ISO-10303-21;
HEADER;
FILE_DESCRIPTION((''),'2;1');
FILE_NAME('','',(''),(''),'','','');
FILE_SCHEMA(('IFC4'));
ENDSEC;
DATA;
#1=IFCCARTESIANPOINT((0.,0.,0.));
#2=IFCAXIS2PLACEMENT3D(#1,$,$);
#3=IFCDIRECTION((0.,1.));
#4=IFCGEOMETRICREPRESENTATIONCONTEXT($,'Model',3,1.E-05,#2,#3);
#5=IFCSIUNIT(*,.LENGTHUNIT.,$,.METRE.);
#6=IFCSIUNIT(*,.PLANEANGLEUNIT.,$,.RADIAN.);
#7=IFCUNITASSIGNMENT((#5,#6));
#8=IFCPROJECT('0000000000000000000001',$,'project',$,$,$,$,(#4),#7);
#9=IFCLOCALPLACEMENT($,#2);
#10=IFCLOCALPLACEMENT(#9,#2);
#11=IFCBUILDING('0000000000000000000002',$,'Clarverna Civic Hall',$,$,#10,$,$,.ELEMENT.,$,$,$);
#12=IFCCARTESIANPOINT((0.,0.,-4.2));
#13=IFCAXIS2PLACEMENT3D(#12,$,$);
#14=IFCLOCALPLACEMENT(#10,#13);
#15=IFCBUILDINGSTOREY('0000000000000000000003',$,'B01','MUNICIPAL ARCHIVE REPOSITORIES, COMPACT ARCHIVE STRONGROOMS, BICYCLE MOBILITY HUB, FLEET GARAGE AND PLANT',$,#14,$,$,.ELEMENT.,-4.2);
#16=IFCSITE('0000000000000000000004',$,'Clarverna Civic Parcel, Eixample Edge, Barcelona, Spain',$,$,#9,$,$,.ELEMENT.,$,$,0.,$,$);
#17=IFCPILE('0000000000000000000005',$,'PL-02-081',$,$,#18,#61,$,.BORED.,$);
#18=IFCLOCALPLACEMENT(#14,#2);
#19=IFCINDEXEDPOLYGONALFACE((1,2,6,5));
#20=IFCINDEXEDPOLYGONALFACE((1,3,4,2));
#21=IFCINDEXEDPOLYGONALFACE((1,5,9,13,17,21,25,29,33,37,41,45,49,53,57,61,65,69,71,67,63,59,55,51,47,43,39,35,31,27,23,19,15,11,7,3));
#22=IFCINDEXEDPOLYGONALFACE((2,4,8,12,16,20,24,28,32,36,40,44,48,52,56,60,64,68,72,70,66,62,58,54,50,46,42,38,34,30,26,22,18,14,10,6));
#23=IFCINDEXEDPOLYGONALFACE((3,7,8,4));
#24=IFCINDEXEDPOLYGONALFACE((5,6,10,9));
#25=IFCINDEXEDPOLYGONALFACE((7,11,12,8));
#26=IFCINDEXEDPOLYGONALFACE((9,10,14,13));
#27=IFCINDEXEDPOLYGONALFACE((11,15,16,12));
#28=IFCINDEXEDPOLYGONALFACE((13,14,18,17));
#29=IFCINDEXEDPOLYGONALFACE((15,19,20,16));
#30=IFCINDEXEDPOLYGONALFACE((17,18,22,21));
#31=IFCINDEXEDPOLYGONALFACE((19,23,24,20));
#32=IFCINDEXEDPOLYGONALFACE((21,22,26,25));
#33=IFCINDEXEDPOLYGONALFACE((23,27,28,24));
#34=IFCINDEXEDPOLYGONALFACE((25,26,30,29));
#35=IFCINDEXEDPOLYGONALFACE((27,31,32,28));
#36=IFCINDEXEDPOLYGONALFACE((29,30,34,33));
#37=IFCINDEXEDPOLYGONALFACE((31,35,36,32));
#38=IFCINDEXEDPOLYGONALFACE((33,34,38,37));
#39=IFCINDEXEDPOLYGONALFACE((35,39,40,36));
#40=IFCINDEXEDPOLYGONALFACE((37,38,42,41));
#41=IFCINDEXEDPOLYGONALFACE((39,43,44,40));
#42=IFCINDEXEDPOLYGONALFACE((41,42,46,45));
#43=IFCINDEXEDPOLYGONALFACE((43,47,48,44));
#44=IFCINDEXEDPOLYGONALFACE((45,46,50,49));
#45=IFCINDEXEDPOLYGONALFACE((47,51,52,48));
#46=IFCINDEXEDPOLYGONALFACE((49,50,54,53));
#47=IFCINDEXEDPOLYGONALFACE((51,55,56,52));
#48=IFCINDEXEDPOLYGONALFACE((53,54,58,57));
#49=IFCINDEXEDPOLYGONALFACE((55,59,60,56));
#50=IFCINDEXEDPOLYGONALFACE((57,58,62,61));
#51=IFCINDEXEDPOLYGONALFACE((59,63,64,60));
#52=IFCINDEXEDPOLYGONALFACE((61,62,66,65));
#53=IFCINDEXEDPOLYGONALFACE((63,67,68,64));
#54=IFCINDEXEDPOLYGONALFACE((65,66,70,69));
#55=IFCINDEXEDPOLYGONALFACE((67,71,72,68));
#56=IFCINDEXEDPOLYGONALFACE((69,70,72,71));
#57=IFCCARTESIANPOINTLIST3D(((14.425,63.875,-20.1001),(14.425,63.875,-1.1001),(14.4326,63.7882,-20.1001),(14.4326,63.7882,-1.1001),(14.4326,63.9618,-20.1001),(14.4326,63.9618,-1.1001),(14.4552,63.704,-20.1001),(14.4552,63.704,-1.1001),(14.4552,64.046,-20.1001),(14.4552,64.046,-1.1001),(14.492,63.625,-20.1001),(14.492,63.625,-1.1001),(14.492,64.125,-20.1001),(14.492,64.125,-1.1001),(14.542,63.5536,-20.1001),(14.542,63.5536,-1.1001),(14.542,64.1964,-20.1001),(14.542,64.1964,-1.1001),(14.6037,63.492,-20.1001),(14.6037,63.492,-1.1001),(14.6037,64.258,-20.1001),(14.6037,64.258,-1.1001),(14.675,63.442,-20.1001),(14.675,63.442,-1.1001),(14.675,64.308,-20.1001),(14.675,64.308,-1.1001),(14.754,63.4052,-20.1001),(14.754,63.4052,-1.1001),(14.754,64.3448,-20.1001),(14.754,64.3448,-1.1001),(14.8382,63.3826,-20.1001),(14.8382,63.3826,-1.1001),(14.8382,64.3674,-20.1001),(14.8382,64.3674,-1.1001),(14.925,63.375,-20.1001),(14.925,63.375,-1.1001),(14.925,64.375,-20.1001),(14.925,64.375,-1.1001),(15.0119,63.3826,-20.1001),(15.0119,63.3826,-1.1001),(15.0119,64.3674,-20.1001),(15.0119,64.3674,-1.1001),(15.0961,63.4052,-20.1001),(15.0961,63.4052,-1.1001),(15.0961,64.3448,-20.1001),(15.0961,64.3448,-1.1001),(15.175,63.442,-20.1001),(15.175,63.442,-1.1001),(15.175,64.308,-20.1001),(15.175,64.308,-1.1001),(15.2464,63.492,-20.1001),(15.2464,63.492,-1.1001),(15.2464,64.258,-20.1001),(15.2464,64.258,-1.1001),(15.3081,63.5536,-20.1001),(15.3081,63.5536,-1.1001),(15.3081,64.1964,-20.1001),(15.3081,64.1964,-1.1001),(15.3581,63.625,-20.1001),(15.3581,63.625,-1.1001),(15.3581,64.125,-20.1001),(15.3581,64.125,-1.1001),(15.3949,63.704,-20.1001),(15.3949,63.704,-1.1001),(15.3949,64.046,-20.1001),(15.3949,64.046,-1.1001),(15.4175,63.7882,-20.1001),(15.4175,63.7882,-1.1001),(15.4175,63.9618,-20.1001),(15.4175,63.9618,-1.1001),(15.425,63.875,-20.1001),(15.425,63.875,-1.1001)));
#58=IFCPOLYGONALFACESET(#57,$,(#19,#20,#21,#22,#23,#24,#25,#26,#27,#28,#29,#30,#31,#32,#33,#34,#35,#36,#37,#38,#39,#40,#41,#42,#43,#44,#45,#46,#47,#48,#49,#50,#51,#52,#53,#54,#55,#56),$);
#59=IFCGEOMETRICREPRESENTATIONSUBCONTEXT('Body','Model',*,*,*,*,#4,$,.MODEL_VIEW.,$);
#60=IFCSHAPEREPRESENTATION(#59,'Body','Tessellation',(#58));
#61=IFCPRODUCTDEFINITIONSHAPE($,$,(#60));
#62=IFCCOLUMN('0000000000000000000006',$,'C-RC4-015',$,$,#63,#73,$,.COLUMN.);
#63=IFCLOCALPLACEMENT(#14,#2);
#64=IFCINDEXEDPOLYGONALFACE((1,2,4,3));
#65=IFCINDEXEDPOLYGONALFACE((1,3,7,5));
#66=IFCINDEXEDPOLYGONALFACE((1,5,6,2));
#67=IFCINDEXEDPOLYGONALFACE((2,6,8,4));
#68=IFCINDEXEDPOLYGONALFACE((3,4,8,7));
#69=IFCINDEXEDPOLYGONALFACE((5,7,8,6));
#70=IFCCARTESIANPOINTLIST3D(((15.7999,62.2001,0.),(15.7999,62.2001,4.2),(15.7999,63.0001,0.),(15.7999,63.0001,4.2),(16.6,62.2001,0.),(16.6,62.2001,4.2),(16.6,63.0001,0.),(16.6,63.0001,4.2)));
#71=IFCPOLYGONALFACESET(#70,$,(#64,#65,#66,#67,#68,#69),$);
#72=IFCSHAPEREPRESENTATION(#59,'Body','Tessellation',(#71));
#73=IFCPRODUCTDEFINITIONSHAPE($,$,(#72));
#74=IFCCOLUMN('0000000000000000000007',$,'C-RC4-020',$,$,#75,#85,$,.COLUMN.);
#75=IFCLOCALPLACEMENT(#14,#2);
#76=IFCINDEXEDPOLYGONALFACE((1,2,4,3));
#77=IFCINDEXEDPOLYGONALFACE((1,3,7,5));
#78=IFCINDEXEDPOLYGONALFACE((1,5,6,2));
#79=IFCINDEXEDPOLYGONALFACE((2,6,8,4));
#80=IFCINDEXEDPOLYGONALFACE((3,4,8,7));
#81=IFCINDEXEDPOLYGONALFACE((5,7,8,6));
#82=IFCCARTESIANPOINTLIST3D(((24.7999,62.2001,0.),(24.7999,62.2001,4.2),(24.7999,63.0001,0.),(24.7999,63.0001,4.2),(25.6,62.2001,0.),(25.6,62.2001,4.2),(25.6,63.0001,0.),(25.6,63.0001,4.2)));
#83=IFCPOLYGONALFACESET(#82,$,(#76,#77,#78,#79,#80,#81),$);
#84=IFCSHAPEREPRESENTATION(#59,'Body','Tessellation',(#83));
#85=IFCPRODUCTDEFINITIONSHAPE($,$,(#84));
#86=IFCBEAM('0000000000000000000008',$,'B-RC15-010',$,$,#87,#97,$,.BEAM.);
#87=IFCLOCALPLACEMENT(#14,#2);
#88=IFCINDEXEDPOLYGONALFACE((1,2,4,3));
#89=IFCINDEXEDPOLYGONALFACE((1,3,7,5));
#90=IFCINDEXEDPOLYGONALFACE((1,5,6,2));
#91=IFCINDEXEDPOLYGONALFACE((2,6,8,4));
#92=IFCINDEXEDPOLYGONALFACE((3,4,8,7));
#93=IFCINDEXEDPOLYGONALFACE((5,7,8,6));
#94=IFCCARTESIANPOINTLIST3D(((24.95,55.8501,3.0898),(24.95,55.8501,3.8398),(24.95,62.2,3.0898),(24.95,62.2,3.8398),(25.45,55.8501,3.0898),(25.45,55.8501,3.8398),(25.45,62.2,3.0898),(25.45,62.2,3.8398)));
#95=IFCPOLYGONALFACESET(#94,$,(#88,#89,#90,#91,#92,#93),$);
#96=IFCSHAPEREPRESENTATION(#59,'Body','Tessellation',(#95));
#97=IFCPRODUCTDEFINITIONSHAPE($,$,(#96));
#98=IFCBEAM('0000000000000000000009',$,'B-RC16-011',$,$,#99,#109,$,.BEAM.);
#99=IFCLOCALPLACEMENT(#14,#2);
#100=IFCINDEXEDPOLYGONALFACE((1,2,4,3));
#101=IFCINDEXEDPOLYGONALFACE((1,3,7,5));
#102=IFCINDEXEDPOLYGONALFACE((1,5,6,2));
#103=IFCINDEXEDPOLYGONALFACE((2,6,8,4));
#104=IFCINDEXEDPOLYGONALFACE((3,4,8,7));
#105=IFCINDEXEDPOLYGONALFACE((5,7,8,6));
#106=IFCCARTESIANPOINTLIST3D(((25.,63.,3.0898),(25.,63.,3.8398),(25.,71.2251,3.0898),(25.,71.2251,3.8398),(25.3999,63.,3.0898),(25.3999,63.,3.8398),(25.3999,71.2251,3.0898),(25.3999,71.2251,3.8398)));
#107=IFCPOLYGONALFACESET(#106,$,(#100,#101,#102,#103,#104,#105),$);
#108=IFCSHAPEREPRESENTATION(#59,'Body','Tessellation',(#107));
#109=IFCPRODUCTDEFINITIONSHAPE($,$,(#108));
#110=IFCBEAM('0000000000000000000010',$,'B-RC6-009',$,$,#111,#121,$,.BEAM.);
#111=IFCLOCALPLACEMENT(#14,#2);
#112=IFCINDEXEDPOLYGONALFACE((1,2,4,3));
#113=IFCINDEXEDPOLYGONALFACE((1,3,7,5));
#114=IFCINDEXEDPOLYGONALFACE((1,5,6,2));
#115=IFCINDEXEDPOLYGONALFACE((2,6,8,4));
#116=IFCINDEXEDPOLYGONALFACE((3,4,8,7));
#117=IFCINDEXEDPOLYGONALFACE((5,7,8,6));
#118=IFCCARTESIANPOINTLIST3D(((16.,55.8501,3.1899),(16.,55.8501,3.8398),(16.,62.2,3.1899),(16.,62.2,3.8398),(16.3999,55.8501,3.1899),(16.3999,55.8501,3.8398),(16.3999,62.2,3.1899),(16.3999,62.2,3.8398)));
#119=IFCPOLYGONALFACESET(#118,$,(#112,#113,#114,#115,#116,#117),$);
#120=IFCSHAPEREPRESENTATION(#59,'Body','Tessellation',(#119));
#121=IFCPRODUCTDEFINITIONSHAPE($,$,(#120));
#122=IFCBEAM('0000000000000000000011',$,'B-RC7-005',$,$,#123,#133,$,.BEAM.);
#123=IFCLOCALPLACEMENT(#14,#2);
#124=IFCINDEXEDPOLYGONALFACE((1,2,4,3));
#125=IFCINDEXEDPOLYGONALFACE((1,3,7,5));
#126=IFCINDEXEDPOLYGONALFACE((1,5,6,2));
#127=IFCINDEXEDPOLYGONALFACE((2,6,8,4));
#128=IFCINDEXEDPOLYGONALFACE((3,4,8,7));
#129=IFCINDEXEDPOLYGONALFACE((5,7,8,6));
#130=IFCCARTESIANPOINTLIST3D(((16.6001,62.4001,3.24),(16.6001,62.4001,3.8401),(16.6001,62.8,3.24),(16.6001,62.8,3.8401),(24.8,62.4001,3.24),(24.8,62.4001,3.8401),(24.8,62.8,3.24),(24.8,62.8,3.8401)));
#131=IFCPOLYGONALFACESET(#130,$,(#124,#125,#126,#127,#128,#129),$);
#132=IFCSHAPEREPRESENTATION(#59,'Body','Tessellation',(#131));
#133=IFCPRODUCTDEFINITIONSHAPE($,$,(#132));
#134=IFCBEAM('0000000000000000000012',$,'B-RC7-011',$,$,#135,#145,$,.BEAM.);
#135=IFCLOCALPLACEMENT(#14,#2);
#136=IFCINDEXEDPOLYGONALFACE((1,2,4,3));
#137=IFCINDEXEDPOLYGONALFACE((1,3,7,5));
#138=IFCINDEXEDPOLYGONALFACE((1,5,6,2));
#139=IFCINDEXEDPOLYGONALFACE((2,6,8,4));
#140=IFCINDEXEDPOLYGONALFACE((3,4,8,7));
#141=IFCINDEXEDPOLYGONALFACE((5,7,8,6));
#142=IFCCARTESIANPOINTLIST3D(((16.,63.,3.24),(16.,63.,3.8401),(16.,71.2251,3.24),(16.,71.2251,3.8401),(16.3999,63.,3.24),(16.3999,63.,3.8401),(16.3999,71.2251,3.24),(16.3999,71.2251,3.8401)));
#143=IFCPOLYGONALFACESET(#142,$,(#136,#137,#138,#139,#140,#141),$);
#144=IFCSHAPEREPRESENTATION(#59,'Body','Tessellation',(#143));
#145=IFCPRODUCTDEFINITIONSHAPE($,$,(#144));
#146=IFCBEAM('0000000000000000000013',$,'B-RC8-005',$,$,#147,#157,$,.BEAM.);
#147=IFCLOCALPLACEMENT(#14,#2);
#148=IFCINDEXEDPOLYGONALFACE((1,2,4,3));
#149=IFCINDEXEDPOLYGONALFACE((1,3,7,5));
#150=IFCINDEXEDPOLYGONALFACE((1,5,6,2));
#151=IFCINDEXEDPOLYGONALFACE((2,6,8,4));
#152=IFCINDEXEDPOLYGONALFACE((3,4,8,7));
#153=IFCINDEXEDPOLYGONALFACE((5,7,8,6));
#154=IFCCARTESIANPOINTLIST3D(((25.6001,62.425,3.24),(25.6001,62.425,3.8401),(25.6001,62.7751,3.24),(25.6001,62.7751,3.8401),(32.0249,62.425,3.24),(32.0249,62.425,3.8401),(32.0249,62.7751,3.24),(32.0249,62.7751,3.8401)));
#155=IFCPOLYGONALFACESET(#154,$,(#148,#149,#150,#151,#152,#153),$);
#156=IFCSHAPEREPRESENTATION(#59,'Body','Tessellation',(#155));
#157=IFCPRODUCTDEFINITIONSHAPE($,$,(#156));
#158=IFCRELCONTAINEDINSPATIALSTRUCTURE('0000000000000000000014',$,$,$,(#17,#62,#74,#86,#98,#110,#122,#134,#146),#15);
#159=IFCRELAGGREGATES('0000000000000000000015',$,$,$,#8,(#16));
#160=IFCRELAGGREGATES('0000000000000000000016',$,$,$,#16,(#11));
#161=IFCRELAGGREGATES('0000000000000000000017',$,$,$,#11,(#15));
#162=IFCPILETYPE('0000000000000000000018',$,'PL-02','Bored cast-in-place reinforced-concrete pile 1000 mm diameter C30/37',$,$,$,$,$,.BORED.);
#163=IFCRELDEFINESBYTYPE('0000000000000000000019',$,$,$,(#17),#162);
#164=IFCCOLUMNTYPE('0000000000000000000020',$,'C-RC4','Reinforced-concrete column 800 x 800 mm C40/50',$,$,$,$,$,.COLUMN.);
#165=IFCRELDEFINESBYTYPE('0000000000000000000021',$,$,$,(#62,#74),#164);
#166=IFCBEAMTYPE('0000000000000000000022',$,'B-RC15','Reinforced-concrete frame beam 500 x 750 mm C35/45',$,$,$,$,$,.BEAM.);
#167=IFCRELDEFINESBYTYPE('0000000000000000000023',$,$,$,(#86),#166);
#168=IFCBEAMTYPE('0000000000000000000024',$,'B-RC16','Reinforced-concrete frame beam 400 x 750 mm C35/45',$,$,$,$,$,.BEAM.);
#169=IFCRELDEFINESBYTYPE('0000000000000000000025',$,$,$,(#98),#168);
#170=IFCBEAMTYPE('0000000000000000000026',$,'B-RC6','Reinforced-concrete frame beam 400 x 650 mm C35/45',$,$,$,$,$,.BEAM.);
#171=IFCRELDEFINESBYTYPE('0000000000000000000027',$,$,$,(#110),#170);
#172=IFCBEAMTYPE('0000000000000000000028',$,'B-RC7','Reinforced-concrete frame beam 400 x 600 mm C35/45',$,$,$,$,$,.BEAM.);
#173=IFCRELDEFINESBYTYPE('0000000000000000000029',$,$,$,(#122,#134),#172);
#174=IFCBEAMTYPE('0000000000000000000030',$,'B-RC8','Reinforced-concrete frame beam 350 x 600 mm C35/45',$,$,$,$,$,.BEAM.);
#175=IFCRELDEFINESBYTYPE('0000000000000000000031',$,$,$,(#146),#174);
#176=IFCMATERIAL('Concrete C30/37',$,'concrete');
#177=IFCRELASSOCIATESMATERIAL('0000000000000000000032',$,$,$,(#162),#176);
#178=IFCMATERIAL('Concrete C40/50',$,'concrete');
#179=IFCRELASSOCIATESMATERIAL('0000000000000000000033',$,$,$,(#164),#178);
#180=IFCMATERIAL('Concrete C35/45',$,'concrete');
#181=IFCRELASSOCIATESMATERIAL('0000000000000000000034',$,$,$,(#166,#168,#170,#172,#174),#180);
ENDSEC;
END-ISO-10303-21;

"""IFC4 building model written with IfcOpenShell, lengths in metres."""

from ifc_helpers import new_model, si_unit, direction, frame, origin, origin_2d, place, context, subcontext, project, spatial, rectangle, circle, extrude, material, material_profile, profile_set, type_object, element, save


model = new_model("IFC4")

# Units and contexts
model_context = context("Model", 3, precision=1e-05, world=origin(), true_north=direction((0.0, 1.0)))
body_context = subcontext(model_context, "Body", "Model", "MODEL_VIEW")
ifc_project = project(units=[si_unit("LENGTHUNIT", "METRE"), si_unit("PLANEANGLEUNIT", "RADIAN")], contexts=[model_context])

# Site, building, storey
site_placement = place(None, origin())
site = spatial("IfcSite", under=ifc_project, at=site_placement, Name="Clarverna Civic Parcel, Eixample Edge, Barcelona, Spain", CompositionType="ELEMENT", RefElevation=0.0)
building_placement = place(site_placement, origin())
building = spatial("IfcBuilding", under=site, at=building_placement, Name="Clarverna Civic Hall", CompositionType="ELEMENT")
storey_placement = place(building_placement, frame((0.0, 0.0, -4.2)))
storey = spatial("IfcBuildingStorey", under=building, at=storey_placement, Name="B01", Description="MUNICIPAL ARCHIVE REPOSITORIES, COMPACT ARCHIVE STRONGROOMS, BICYCLE MOBILITY HUB, FLEET GARAGE AND PLANT", CompositionType="ELEMENT", Elevation=-4.2)

# Shared definitions
ifc_material_1 = material(Name="Concrete C30/37", Category="concrete")

# Pile
ifc_material_profile_1 = material_profile(ifc_material_1, circle(Radius=0.5, at=origin_2d()), Name="BORED PILE D1000")
ifc_profile_set_1 = profile_set([ifc_material_profile_1], Name="Concrete C30/37")
pile_type_1 = type_object("IfcPileType", Name="PL-02", Description="Bored cast-in-place reinforced-concrete pile 1000 mm diameter C30/37", PredefinedType="BORED", material=ifc_profile_set_1)
for number, where, z_axis, x_axis, name in (
    (1, (14.925, 63.875, -1.1001), (0.0, 0.0, -1.0), (1.0, 0.0, 0.0), "PL-02-081"),
):
    element("IfcPile", number, at=place(storey_placement, frame(where, z_axis=z_axis, x_axis=x_axis)), inside=storey, type_object=pile_type_1, Name=name, PredefinedType="BORED", context=body_context, shape_type="SweptSolid", body=[
        extrude(circle(Radius=0.5, at=origin_2d()), origin(), (0.0, 0.0, 1.0), 19.0),
    ])

# Columns
ifc_material_2 = material(Name="Concrete C40/50", Category="concrete")
ifc_material_profile_2 = material_profile(ifc_material_2, rectangle(XDim=0.8, YDim=0.8, at=origin_2d()), Name="RC 800x800")
ifc_profile_set_2 = profile_set([ifc_material_profile_2], Name="Concrete C40/50")
column_type = type_object("IfcColumnType", Name="C-RC4", Description="Reinforced-concrete column 800 x 800 mm C40/50", PredefinedType="COLUMN", material=ifc_profile_set_2)
for number, where, z_axis, x_axis, name in (
    (2, (16.2, 62.6001, 0.0), (0.0, 0.0, 1.0), (1.0, 0.0, 0.0), "C-RC4-015"),
    (3, (25.2, 62.6001, 0.0), (0.0, 0.0, 1.0), (1.0, 0.0, 0.0), "C-RC4-020"),
):
    element("IfcColumn", number, at=place(storey_placement, frame(where, z_axis=z_axis, x_axis=x_axis)), inside=storey, type_object=column_type, Name=name, PredefinedType="COLUMN", context=body_context, shape_type="SweptSolid", body=[
        extrude(rectangle(XDim=0.8, YDim=0.8, at=origin_2d()), origin(), (0.0, 0.0, 1.0), 4.2),
    ])

# Beams
ifc_material_3 = material(Name="Concrete C35/45", Category="concrete")
ifc_material_profile_3 = material_profile(ifc_material_3, rectangle(XDim=0.5, YDim=0.75, at=origin_2d()), Name="RC 500x750")
ifc_profile_set_3 = profile_set([ifc_material_profile_3], Name="Concrete C35/45")
beam_type_1 = type_object("IfcBeamType", Name="B-RC15", Description="Reinforced-concrete frame beam 500 x 750 mm C35/45", PredefinedType="BEAM", material=ifc_profile_set_3)
beam_1_placement = place(storey_placement, frame((25.2, 55.8501, 3.4648), z_axis=(0.0, 1.0, 0.0), x_axis=(-1.0, 0.0, 0.0)))
element("IfcBeam", 4, at=beam_1_placement, inside=storey, type_object=beam_type_1, Name="B-RC15-010", PredefinedType="BEAM", context=body_context, shape_type="SweptSolid", body=[
    extrude(rectangle(XDim=0.5, YDim=0.75, at=origin_2d()), origin(), (0.0, 0.0, 1.0), 6.3499),
])
ifc_material_profile_4 = material_profile(ifc_material_3, rectangle(XDim=0.3999, YDim=0.75, at=origin_2d()), Name="RC 400x750")
ifc_profile_set_4 = profile_set([ifc_material_profile_4], Name="Concrete C35/45")
beam_type_2 = type_object("IfcBeamType", Name="B-RC16", Description="Reinforced-concrete frame beam 400 x 750 mm C35/45", PredefinedType="BEAM", material=ifc_profile_set_4)
beam_2_placement = place(storey_placement, frame((25.2, 63.0, 3.4648), z_axis=(0.0, 1.0, 0.0), x_axis=(-1.0, 0.0, 0.0)))
element("IfcBeam", 5, at=beam_2_placement, inside=storey, type_object=beam_type_2, Name="B-RC16-011", PredefinedType="BEAM", context=body_context, shape_type="SweptSolid", body=[
    extrude(rectangle(XDim=0.3999, YDim=0.75, at=origin_2d()), origin(), (0.0, 0.0, 1.0), 8.2251),
])
ifc_material_profile_5 = material_profile(ifc_material_3, rectangle(XDim=0.3999, YDim=0.6499, at=origin_2d()), Name="RC 400x650")
ifc_profile_set_5 = profile_set([ifc_material_profile_5], Name="Concrete C35/45")
beam_type_3 = type_object("IfcBeamType", Name="B-RC6", Description="Reinforced-concrete frame beam 400 x 650 mm C35/45", PredefinedType="BEAM", material=ifc_profile_set_5)
beam_3_placement = place(storey_placement, frame((16.2, 55.8501, 3.5149), z_axis=(0.0, 1.0, 0.0), x_axis=(-1.0, 0.0, 0.0)))
element("IfcBeam", 6, at=beam_3_placement, inside=storey, type_object=beam_type_3, Name="B-RC6-009", PredefinedType="BEAM", context=body_context, shape_type="SweptSolid", body=[
    extrude(rectangle(XDim=0.3999, YDim=0.6499, at=origin_2d()), origin(), (0.0, 0.0, 1.0), 6.3499),
])
ifc_material_profile_6 = material_profile(ifc_material_3, rectangle(XDim=0.3999, YDim=0.6001, at=origin_2d()), Name="RC 400x600")
ifc_profile_set_6 = profile_set([ifc_material_profile_6], Name="Concrete C35/45")
beam_type_4 = type_object("IfcBeamType", Name="B-RC7", Description="Reinforced-concrete frame beam 400 x 600 mm C35/45", PredefinedType="BEAM", material=ifc_profile_set_6)
beam_4_placement = place(storey_placement, frame((16.6001, 62.6001, 3.54), z_axis=(1.0, 0.0, 0.0), x_axis=(0.0, 1.0, 0.0)))
element("IfcBeam", 7, at=beam_4_placement, inside=storey, type_object=beam_type_4, Name="B-RC7-005", PredefinedType="BEAM", context=body_context, shape_type="SweptSolid", body=[
    extrude(rectangle(XDim=0.3999, YDim=0.6001, at=origin_2d()), origin(), (0.0, 0.0, 1.0), 8.2),
])
beam_5_placement = place(storey_placement, frame((16.2, 63.0, 3.54), z_axis=(0.0, 1.0, 0.0), x_axis=(-1.0, 0.0, 0.0)))
element("IfcBeam", 8, at=beam_5_placement, inside=storey, type_object=beam_type_4, Name="B-RC7-011", PredefinedType="BEAM", context=body_context, shape_type="SweptSolid", body=[
    extrude(rectangle(XDim=0.3999, YDim=0.6001, at=origin_2d()), origin(), (0.0, 0.0, 1.0), 8.2251),
])
ifc_material_profile_7 = material_profile(ifc_material_3, rectangle(XDim=0.3501, YDim=0.6001, at=origin_2d()), Name="RC 350x600")
ifc_profile_set_7 = profile_set([ifc_material_profile_7], Name="Concrete C35/45")
beam_type_5 = type_object("IfcBeamType", Name="B-RC8", Description="Reinforced-concrete frame beam 350 x 600 mm C35/45", PredefinedType="BEAM", material=ifc_profile_set_7)
beam_6_placement = place(storey_placement, frame((25.6001, 62.6001, 3.54), z_axis=(1.0, 0.0, 0.0), x_axis=(0.0, 1.0, 0.0)))
element("IfcBeam", 9, at=beam_6_placement, inside=storey, type_object=beam_type_5, Name="B-RC8-005", PredefinedType="BEAM", context=body_context, shape_type="SweptSolid", body=[
    extrude(rectangle(XDim=0.3501, YDim=0.6001, at=origin_2d()), origin(), (0.0, 0.0, 1.0), 6.4248),
])

save(model, "model.ifc")
